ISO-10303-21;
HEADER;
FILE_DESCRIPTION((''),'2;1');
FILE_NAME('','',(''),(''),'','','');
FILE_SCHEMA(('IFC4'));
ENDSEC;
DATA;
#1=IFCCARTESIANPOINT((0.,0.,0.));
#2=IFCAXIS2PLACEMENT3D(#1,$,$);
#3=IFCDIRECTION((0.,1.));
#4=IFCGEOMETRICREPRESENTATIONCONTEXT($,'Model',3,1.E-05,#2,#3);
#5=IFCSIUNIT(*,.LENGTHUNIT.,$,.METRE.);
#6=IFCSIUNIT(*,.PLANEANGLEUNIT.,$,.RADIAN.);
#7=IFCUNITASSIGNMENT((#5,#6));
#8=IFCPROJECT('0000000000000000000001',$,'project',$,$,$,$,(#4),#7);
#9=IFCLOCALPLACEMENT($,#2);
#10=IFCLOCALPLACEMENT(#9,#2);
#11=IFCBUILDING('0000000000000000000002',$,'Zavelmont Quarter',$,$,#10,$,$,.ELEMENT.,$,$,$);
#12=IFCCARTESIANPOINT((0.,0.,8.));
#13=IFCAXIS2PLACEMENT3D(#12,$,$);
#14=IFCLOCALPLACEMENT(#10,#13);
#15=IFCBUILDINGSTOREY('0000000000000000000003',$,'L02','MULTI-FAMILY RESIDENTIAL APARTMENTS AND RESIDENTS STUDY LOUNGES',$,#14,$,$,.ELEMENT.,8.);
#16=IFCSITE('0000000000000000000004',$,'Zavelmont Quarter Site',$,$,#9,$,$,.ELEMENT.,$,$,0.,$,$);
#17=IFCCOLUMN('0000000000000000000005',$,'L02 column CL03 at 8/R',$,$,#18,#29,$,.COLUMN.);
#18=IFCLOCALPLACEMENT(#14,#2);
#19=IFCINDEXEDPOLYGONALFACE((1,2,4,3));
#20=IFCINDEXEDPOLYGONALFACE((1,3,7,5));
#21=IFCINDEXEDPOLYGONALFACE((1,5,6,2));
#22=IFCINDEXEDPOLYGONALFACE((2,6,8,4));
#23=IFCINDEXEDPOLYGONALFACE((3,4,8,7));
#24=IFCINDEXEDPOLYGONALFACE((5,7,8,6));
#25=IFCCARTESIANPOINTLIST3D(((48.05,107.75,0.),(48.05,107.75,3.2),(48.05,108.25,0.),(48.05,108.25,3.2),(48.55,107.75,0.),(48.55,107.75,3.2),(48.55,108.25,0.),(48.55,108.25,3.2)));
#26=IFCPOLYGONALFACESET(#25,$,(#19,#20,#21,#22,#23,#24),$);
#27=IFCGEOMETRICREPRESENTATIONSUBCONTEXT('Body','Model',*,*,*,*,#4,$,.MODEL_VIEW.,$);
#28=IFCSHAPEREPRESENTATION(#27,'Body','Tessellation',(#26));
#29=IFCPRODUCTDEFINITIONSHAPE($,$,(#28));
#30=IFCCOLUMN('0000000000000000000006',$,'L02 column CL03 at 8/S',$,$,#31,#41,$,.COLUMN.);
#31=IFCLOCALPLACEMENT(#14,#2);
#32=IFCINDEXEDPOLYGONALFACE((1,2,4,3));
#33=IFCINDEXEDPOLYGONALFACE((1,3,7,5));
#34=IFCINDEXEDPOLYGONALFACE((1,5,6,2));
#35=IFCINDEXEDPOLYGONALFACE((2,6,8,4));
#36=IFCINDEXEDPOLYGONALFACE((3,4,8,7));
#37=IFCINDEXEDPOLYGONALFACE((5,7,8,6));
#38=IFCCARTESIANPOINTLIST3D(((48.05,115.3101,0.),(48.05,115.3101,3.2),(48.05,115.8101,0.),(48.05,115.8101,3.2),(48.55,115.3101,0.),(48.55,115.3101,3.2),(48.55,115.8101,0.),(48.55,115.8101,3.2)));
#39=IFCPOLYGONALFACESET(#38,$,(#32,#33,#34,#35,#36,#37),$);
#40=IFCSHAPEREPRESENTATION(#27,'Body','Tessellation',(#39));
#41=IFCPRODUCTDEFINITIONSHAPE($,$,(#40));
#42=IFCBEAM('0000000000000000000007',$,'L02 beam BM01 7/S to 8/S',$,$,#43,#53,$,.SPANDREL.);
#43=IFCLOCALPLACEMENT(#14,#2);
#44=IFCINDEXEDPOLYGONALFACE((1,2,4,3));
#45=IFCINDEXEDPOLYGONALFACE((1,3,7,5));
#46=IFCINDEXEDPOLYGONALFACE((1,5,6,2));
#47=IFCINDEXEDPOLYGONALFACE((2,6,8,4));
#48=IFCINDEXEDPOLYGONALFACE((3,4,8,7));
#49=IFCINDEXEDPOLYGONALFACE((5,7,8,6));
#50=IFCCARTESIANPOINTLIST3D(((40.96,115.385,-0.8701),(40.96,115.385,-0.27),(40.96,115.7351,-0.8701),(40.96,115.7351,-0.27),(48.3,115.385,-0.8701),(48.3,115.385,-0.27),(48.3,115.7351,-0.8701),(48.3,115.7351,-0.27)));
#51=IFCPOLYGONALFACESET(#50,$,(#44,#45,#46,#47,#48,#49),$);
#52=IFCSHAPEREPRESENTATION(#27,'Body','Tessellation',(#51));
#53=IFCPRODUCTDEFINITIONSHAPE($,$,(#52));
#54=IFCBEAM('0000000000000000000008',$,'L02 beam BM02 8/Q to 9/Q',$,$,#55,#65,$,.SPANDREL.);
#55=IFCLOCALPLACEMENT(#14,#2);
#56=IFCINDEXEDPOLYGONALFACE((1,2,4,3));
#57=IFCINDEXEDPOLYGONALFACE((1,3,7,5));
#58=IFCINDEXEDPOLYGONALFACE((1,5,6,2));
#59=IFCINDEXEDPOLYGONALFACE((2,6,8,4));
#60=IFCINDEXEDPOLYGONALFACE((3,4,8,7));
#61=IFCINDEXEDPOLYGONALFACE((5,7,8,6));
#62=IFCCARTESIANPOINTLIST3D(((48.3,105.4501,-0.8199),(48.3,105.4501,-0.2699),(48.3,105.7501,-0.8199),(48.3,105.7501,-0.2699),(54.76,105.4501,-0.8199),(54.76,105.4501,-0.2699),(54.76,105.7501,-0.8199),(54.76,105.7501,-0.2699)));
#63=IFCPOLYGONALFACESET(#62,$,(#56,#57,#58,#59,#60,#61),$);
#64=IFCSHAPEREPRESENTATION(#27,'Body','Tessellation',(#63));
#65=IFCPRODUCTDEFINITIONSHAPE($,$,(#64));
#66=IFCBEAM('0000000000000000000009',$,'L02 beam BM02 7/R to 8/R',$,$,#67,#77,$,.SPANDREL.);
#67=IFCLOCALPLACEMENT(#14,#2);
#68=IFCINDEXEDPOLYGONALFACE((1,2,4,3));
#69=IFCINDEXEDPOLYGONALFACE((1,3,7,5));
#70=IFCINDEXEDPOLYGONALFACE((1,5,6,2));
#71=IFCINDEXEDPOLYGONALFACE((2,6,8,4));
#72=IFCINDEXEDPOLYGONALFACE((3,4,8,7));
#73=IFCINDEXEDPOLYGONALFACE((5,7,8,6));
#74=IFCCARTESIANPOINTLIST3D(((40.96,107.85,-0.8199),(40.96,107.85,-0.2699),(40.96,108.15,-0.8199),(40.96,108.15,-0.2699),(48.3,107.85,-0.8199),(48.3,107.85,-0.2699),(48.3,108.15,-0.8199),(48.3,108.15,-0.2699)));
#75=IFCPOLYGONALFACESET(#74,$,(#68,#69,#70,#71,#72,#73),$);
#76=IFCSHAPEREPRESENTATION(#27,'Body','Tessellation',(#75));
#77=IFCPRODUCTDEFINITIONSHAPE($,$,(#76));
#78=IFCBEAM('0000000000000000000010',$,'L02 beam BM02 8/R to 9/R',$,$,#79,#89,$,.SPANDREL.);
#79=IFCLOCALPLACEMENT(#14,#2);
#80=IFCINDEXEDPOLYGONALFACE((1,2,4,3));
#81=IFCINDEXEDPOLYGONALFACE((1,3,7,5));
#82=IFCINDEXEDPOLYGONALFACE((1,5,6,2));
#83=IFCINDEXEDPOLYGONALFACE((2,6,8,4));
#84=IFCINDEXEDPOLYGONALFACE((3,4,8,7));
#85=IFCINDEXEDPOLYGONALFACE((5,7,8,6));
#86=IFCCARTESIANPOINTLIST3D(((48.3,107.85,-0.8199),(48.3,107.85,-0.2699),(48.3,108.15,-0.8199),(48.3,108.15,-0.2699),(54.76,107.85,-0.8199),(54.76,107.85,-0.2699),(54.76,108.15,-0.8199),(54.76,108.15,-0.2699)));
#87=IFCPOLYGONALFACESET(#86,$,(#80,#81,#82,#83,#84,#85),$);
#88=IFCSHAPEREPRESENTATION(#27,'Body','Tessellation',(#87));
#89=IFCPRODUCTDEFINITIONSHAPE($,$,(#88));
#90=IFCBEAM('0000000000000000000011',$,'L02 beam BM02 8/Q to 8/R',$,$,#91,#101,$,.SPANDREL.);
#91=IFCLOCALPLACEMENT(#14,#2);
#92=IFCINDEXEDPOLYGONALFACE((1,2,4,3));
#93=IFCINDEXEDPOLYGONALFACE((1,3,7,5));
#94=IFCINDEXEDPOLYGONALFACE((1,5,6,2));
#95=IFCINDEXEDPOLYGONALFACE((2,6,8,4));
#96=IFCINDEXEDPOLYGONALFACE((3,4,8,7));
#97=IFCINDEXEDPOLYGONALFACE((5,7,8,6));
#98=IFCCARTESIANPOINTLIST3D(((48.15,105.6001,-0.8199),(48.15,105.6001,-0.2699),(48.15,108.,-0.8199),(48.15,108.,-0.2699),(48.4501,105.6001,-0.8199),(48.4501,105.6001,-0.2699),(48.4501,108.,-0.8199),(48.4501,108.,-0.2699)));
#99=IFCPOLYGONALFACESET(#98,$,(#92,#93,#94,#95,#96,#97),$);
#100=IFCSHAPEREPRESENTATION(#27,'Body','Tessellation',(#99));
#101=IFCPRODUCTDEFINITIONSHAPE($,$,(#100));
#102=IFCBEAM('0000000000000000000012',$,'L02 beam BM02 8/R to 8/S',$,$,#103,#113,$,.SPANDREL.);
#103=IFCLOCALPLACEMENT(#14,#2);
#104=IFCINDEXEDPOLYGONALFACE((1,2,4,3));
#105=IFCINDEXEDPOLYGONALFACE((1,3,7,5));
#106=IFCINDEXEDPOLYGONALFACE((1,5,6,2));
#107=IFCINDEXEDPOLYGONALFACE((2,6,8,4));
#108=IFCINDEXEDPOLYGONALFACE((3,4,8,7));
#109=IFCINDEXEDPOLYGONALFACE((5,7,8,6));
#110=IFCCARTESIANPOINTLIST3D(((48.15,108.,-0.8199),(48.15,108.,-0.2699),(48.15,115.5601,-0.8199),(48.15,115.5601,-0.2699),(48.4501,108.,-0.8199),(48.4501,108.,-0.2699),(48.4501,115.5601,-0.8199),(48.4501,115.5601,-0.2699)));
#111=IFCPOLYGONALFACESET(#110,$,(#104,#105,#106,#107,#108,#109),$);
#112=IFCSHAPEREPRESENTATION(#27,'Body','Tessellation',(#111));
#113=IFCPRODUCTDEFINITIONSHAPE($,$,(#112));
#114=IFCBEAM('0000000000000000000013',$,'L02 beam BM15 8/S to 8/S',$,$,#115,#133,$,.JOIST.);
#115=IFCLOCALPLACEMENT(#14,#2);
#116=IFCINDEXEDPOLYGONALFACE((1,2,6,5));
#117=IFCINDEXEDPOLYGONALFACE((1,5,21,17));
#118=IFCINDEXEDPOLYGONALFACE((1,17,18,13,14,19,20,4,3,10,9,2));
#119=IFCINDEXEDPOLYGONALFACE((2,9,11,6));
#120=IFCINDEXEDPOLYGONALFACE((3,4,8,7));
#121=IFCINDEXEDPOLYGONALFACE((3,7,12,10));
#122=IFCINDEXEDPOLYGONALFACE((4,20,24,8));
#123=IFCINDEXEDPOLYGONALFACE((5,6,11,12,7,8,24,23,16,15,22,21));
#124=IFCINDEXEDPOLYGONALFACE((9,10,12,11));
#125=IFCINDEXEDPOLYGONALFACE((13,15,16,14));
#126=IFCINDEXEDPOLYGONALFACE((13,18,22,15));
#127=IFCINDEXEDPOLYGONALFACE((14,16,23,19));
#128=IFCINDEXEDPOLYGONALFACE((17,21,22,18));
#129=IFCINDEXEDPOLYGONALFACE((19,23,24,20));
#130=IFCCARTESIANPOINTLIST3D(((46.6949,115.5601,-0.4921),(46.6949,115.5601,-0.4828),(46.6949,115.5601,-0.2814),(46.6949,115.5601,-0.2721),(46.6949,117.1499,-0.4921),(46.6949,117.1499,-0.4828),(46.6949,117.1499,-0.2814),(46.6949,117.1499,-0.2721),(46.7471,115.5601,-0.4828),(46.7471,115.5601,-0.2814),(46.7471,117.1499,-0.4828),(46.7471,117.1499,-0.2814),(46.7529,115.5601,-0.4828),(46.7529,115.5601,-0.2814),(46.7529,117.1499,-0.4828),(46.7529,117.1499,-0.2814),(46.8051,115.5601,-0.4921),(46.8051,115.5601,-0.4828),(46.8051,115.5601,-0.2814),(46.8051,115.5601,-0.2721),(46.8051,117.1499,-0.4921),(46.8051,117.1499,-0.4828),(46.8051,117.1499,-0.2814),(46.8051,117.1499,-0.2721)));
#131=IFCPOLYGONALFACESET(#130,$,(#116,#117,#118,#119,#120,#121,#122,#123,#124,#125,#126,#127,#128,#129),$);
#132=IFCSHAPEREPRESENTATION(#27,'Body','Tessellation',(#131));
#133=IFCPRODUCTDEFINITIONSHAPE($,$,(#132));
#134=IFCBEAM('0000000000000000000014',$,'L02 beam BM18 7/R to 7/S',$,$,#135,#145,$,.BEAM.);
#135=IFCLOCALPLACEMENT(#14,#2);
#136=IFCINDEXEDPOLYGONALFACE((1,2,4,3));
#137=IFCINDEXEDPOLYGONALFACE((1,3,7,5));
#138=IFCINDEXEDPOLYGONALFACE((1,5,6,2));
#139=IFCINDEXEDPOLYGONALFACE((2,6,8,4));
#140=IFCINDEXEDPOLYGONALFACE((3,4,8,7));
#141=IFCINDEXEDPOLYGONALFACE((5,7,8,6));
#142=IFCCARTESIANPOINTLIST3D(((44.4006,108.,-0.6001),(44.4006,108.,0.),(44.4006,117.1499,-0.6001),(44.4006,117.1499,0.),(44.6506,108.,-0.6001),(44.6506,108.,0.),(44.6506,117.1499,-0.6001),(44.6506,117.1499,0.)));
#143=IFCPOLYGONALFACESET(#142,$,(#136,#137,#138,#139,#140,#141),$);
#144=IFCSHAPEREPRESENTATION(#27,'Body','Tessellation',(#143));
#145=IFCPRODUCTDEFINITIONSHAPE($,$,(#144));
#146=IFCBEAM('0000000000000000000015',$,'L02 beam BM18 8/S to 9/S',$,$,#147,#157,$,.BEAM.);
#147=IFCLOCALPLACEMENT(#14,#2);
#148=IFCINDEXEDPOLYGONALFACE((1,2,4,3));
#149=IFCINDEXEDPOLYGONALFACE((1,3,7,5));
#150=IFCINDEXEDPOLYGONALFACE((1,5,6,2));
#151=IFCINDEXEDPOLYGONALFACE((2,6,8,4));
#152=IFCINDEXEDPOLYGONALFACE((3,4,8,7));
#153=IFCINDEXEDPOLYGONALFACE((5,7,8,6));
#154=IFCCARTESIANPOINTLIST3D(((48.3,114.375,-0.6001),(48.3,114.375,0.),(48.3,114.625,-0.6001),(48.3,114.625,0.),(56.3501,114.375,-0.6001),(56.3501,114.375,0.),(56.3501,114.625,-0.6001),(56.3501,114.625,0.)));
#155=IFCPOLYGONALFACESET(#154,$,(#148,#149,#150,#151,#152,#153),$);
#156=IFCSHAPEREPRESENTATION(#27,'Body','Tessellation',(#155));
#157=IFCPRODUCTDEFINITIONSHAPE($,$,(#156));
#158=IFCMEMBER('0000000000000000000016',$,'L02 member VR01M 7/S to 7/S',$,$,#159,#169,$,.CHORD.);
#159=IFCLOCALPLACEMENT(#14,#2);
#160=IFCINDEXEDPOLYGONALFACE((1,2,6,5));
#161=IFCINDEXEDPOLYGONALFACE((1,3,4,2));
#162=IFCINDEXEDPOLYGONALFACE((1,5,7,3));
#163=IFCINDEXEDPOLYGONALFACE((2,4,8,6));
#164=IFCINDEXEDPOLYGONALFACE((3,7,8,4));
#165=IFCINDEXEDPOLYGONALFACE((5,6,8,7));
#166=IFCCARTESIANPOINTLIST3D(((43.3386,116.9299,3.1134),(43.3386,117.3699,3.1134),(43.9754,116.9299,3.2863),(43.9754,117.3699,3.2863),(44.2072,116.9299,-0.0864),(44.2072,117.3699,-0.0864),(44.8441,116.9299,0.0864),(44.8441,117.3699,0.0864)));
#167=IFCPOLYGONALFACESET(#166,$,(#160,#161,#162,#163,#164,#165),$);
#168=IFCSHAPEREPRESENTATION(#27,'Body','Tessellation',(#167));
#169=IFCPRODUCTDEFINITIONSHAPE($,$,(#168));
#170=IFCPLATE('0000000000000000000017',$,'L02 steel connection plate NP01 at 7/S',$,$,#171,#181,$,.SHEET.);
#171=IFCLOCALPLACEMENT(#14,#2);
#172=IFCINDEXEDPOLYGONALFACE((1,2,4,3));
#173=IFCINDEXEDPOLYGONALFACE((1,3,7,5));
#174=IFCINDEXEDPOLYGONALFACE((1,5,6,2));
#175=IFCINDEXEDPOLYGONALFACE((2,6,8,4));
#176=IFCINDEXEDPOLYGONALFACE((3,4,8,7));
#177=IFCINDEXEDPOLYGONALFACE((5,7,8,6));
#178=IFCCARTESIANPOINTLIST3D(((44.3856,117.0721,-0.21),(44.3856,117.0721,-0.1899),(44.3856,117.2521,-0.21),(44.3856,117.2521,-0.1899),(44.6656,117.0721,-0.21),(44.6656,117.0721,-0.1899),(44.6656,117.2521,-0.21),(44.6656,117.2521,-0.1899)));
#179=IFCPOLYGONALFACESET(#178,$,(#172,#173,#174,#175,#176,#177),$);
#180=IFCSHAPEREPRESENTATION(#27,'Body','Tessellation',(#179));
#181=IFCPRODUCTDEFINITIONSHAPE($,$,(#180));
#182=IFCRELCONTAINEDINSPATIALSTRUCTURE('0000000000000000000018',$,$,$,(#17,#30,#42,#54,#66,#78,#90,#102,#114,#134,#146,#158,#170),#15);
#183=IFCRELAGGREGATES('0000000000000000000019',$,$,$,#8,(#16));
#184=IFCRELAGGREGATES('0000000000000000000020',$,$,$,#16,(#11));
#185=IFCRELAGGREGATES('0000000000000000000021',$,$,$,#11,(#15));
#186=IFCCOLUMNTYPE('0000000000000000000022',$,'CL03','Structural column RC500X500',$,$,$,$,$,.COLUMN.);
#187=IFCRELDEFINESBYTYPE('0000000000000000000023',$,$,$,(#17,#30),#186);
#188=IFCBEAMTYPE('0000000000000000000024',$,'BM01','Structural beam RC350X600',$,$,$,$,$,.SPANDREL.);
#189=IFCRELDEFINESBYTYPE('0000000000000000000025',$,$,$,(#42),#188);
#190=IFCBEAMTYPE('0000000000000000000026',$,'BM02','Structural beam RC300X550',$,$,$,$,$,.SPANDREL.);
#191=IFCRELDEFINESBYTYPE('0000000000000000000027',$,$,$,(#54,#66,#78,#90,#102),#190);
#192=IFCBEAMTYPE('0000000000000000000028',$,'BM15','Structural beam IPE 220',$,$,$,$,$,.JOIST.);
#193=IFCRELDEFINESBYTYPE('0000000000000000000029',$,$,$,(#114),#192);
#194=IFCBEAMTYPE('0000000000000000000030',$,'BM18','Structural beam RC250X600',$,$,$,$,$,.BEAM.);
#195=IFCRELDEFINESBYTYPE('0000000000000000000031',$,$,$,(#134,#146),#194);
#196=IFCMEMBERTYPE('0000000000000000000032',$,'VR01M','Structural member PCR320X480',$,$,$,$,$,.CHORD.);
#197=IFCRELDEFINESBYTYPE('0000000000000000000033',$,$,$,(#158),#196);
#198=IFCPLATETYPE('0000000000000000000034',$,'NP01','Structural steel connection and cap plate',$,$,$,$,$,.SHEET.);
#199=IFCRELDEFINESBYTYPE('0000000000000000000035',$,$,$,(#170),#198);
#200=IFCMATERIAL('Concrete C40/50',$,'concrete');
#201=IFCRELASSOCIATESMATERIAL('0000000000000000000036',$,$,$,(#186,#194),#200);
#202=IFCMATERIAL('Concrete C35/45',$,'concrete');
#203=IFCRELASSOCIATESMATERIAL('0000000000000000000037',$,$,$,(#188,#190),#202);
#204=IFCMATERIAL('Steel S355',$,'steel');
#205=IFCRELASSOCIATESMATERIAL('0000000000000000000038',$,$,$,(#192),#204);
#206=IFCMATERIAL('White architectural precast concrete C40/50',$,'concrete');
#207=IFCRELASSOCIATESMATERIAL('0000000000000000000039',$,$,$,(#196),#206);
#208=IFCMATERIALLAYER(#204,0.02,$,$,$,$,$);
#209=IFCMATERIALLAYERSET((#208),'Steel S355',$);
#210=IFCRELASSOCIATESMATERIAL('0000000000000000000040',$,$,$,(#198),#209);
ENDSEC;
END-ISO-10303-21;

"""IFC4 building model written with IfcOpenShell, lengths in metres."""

from ifc_helpers import new_model, si_unit, direction, frame, origin, origin_2d, place, context, subcontext, project, spatial, rectangle, i_section, extrude, material, layer, layer_set, material_profile, profile_set, type_object, element, save


model = new_model("IFC4")

# Units and contexts
model_context = context("Model", 3, precision=1e-05, world=origin(), true_north=direction((0.0, 1.0)))
body_context = subcontext(model_context, "Body", "Model", "MODEL_VIEW")
ifc_project = project(units=[si_unit("LENGTHUNIT", "METRE"), si_unit("PLANEANGLEUNIT", "RADIAN")], contexts=[model_context])

# Site, building, storey
site_placement = place(None, origin())
site = spatial("IfcSite", under=ifc_project, at=site_placement, Name="Zavelmont Quarter Site", CompositionType="ELEMENT", RefElevation=0.0)
building_placement = place(site_placement, origin())
building = spatial("IfcBuilding", under=site, at=building_placement, Name="Zavelmont Quarter", CompositionType="ELEMENT")
storey_placement = place(building_placement, frame((0.0, 0.0, 8.0)))
storey = spatial("IfcBuildingStorey", under=building, at=storey_placement, Name="L02", Description="MULTI-FAMILY RESIDENTIAL APARTMENTS AND RESIDENTS STUDY LOUNGES", CompositionType="ELEMENT", Elevation=8.0)

# Columns
ifc_material_1 = material(Name="Concrete C40/50", Category="concrete")
ifc_material_profile_1 = material_profile(ifc_material_1, rectangle(XDim=0.5, YDim=0.5, at=origin_2d()), Name="RC500X500")
ifc_profile_set_1 = profile_set([ifc_material_profile_1], Name="Concrete C40/50")
column_type = type_object("IfcColumnType", Name="CL03", Description="Structural column RC500X500", PredefinedType="COLUMN", material=ifc_profile_set_1)
for number, where, z_axis, x_axis, name in (
    (1, (48.3, 108.0, 0.0), (0.0, 0.0, 1.0), (1.0, 0.0, 0.0), "L02 column CL03 at 8/R"),
    (2, (48.3, 115.5601, 0.0), (0.0, 0.0, 1.0), (1.0, 0.0, 0.0), "L02 column CL03 at 8/S"),
):
    element("IfcColumn", number, at=place(storey_placement, frame(where, z_axis=z_axis, x_axis=x_axis)), inside=storey, type_object=column_type, Name=name, PredefinedType="COLUMN", context=body_context, shape_type="SweptSolid", body=[
        extrude(rectangle(XDim=0.5, YDim=0.5, at=origin_2d()), origin(), (0.0, 0.0, 1.0), 3.2),
    ])

# Beams
ifc_material_2 = material(Name="Concrete C35/45", Category="concrete")
ifc_material_profile_2 = material_profile(ifc_material_2, rectangle(XDim=0.3501, YDim=0.6001, at=origin_2d()), Name="RC350X600")
ifc_profile_set_2 = profile_set([ifc_material_profile_2], Name="Concrete C35/45")
beam_type_1 = type_object("IfcBeamType", Name="BM01", Description="Structural beam RC350X600", PredefinedType="SPANDREL", material=ifc_profile_set_2)
beam_1_placement = place(storey_placement, frame((40.96, 115.5601, -0.5701), z_axis=(1.0, 0.0, 0.0), x_axis=(0.0, 1.0, 0.0)))
element("IfcBeam", 3, at=beam_1_placement, inside=storey, type_object=beam_type_1, Name="L02 beam BM01 7/S to 8/S", PredefinedType="SPANDREL", context=body_context, shape_type="SweptSolid", body=[
    extrude(rectangle(XDim=0.3501, YDim=0.6001, at=origin_2d()), origin(), (0.0, 0.0, 1.0), 7.3401),
])
ifc_material_profile_3 = material_profile(ifc_material_2, rectangle(XDim=0.3, YDim=0.55, at=origin_2d()), Name="RC300X550")
ifc_profile_set_3 = profile_set([ifc_material_profile_3], Name="Concrete C35/45")
beam_type_2 = type_object("IfcBeamType", Name="BM02", Description="Structural beam RC300X550", PredefinedType="SPANDREL", material=ifc_profile_set_3)
beam_2_placement = place(storey_placement, frame((48.3, 105.6001, -0.5449), z_axis=(1.0, 0.0, 0.0), x_axis=(0.0, 1.0, 0.0)))
element("IfcBeam", 4, at=beam_2_placement, inside=storey, type_object=beam_type_2, Name="L02 beam BM02 8/Q to 9/Q", PredefinedType="SPANDREL", context=body_context, shape_type="SweptSolid", body=[
    extrude(rectangle(XDim=0.3, YDim=0.55, at=origin_2d()), origin(), (0.0, 0.0, 1.0), 6.46),
])
beam_3_placement = place(storey_placement, frame((40.96, 108.0, -0.5449), z_axis=(1.0, 0.0, 0.0), x_axis=(0.0, 1.0, 0.0)))
element("IfcBeam", 5, at=beam_3_placement, inside=storey, type_object=beam_type_2, Name="L02 beam BM02 7/R to 8/R", PredefinedType="SPANDREL", context=body_context, shape_type="SweptSolid", body=[
    extrude(rectangle(XDim=0.3, YDim=0.55, at=origin_2d()), origin(), (0.0, 0.0, 1.0), 7.3401),
])
beam_4_placement = place(storey_placement, frame((48.3, 108.0, -0.5449), z_axis=(1.0, 0.0, 0.0), x_axis=(0.0, 1.0, 0.0)))
element("IfcBeam", 6, at=beam_4_placement, inside=storey, type_object=beam_type_2, Name="L02 beam BM02 8/R to 9/R", PredefinedType="SPANDREL", context=body_context, shape_type="SweptSolid", body=[
    extrude(rectangle(XDim=0.3, YDim=0.55, at=origin_2d()), origin(), (0.0, 0.0, 1.0), 6.46),
])
beam_5_placement = place(storey_placement, frame((48.3, 105.6001, -0.5449), z_axis=(0.0, 1.0, 0.0), x_axis=(-1.0, 0.0, 0.0)))
element("IfcBeam", 7, at=beam_5_placement, inside=storey, type_object=beam_type_2, Name="L02 beam BM02 8/Q to 8/R", PredefinedType="SPANDREL", context=body_context, shape_type="SweptSolid", body=[
    extrude(rectangle(XDim=0.3, YDim=0.55, at=origin_2d()), origin(), (0.0, 0.0, 1.0), 2.3999),
])
beam_6_placement = place(storey_placement, frame((48.3, 108.0, -0.5449), z_axis=(0.0, 1.0, 0.0), x_axis=(-1.0, 0.0, 0.0)))
element("IfcBeam", 8, at=beam_6_placement, inside=storey, type_object=beam_type_2, Name="L02 beam BM02 8/R to 8/S", PredefinedType="SPANDREL", context=body_context, shape_type="SweptSolid", body=[
    extrude(rectangle(XDim=0.3, YDim=0.55, at=origin_2d()), origin(), (0.0, 0.0, 1.0), 7.5601),
])
ifc_material_3 = material(Name="Steel S355", Category="steel")
ifc_material_profile_4 = material_profile(ifc_material_3, i_section(OverallWidth=0.1101, OverallDepth=0.22, WebThickness=0.0059, FlangeThickness=0.0093, at=origin_2d()), Name="IPE 220")
ifc_profile_set_4 = profile_set([ifc_material_profile_4], Name="Steel S355")
beam_type_3 = type_object("IfcBeamType", Name="BM15", Description="Structural beam IPE 220", PredefinedType="JOIST", material=ifc_profile_set_4)
beam_7_placement = place(storey_placement, frame((46.75, 115.5601, -0.3821), z_axis=(0.0, 1.0, 0.0), x_axis=(-1.0, 0.0, 0.0)))
element("IfcBeam", 9, at=beam_7_placement, inside=storey, type_object=beam_type_3, Name="L02 beam BM15 8/S to 8/S", PredefinedType="JOIST", context=body_context, shape_type="SweptSolid", body=[
    extrude(i_section(OverallWidth=0.1101, OverallDepth=0.22, WebThickness=0.0059, FlangeThickness=0.0093, at=origin_2d()), origin(), (0.0, 0.0, 1.0), 1.5898),
])
ifc_material_profile_5 = material_profile(ifc_material_1, rectangle(XDim=0.25, YDim=0.6001, at=origin_2d()), Name="RC250X600")
ifc_profile_set_5 = profile_set([ifc_material_profile_5], Name="Concrete C40/50")
beam_type_4 = type_object("IfcBeamType", Name="BM18", Description="Structural beam RC250X600", PredefinedType="BEAM", material=ifc_profile_set_5)
beam_8_placement = place(storey_placement, frame((44.5256, 108.0, -0.3), z_axis=(0.0, 1.0, 0.0), x_axis=(-1.0, 0.0, 0.0)))
element("IfcBeam", 10, at=beam_8_placement, inside=storey, type_object=beam_type_4, Name="L02 beam BM18 7/R to 7/S", PredefinedType="BEAM", context=body_context, shape_type="SweptSolid", body=[
    extrude(rectangle(XDim=0.25, YDim=0.6001, at=origin_2d()), origin(), (0.0, 0.0, 1.0), 9.1499),
])
beam_9_placement = place(storey_placement, frame((48.3, 114.5, -0.3), z_axis=(1.0, 0.0, 0.0), x_axis=(0.0, 1.0, 0.0)))
element("IfcBeam", 11, at=beam_9_placement, inside=storey, type_object=beam_type_4, Name="L02 beam BM18 8/S to 9/S", PredefinedType="BEAM", context=body_context, shape_type="SweptSolid", body=[
    extrude(rectangle(XDim=0.25, YDim=0.6001, at=origin_2d()), origin(), (0.0, 0.0, 1.0), 8.05),
])

# Member
ifc_material_4 = material(Name="White architectural precast concrete C40/50", Category="concrete")
ifc_material_profile_6 = material_profile(ifc_material_4, rectangle(XDim=0.4399, YDim=0.6599, at=origin_2d()), Name="PCR320X480")
ifc_profile_set_6 = profile_set([ifc_material_profile_6], Name="White architectural precast concrete C40/50")
member_type = type_object("IfcMemberType", Name="VR01M", Description="Structural member PCR320X480", PredefinedType="CHORD", material=ifc_profile_set_6)
member_placement = place(storey_placement, frame((44.5256, 117.1499, 0.0), z_axis=(-0.261977, 0.0, 0.965074), x_axis=(0.0, -1.0, 0.0)))
element("IfcMember", 12, at=member_placement, inside=storey, type_object=member_type, Name="L02 member VR01M 7/S to 7/S", PredefinedType="CHORD", context=body_context, shape_type="SweptSolid", body=[
    extrude(rectangle(XDim=0.4399, YDim=0.6599, at=origin_2d()), origin(), (0.0, 0.0, 1.0), 3.3157),
])

# Plate
ifc_layer_1 = layer(ifc_material_3, 0.02)
ifc_layer_set_1 = layer_set([ifc_layer_1], Name="Steel S355")
plate_type = type_object("IfcPlateType", Name="NP01", Description="Structural steel connection and cap plate", PredefinedType="SHEET", material=ifc_layer_set_1)
plate_placement = place(storey_placement, frame((44.5256, 117.1621, -0.21), z_axis=(0.0, 0.0, 1.0), x_axis=(1.0, 0.0, 0.0)))
element("IfcPlate", 13, at=plate_placement, inside=storey, type_object=plate_type, Name="L02 steel connection plate NP01 at 7/S", PredefinedType="SHEET", context=body_context, shape_type="SweptSolid", body=[
    extrude(rectangle(XDim=0.28, YDim=0.1799, at=origin_2d()), origin(), (0.0, 0.0, 1.0), 0.02),
])

save(model, "model.ifc")
